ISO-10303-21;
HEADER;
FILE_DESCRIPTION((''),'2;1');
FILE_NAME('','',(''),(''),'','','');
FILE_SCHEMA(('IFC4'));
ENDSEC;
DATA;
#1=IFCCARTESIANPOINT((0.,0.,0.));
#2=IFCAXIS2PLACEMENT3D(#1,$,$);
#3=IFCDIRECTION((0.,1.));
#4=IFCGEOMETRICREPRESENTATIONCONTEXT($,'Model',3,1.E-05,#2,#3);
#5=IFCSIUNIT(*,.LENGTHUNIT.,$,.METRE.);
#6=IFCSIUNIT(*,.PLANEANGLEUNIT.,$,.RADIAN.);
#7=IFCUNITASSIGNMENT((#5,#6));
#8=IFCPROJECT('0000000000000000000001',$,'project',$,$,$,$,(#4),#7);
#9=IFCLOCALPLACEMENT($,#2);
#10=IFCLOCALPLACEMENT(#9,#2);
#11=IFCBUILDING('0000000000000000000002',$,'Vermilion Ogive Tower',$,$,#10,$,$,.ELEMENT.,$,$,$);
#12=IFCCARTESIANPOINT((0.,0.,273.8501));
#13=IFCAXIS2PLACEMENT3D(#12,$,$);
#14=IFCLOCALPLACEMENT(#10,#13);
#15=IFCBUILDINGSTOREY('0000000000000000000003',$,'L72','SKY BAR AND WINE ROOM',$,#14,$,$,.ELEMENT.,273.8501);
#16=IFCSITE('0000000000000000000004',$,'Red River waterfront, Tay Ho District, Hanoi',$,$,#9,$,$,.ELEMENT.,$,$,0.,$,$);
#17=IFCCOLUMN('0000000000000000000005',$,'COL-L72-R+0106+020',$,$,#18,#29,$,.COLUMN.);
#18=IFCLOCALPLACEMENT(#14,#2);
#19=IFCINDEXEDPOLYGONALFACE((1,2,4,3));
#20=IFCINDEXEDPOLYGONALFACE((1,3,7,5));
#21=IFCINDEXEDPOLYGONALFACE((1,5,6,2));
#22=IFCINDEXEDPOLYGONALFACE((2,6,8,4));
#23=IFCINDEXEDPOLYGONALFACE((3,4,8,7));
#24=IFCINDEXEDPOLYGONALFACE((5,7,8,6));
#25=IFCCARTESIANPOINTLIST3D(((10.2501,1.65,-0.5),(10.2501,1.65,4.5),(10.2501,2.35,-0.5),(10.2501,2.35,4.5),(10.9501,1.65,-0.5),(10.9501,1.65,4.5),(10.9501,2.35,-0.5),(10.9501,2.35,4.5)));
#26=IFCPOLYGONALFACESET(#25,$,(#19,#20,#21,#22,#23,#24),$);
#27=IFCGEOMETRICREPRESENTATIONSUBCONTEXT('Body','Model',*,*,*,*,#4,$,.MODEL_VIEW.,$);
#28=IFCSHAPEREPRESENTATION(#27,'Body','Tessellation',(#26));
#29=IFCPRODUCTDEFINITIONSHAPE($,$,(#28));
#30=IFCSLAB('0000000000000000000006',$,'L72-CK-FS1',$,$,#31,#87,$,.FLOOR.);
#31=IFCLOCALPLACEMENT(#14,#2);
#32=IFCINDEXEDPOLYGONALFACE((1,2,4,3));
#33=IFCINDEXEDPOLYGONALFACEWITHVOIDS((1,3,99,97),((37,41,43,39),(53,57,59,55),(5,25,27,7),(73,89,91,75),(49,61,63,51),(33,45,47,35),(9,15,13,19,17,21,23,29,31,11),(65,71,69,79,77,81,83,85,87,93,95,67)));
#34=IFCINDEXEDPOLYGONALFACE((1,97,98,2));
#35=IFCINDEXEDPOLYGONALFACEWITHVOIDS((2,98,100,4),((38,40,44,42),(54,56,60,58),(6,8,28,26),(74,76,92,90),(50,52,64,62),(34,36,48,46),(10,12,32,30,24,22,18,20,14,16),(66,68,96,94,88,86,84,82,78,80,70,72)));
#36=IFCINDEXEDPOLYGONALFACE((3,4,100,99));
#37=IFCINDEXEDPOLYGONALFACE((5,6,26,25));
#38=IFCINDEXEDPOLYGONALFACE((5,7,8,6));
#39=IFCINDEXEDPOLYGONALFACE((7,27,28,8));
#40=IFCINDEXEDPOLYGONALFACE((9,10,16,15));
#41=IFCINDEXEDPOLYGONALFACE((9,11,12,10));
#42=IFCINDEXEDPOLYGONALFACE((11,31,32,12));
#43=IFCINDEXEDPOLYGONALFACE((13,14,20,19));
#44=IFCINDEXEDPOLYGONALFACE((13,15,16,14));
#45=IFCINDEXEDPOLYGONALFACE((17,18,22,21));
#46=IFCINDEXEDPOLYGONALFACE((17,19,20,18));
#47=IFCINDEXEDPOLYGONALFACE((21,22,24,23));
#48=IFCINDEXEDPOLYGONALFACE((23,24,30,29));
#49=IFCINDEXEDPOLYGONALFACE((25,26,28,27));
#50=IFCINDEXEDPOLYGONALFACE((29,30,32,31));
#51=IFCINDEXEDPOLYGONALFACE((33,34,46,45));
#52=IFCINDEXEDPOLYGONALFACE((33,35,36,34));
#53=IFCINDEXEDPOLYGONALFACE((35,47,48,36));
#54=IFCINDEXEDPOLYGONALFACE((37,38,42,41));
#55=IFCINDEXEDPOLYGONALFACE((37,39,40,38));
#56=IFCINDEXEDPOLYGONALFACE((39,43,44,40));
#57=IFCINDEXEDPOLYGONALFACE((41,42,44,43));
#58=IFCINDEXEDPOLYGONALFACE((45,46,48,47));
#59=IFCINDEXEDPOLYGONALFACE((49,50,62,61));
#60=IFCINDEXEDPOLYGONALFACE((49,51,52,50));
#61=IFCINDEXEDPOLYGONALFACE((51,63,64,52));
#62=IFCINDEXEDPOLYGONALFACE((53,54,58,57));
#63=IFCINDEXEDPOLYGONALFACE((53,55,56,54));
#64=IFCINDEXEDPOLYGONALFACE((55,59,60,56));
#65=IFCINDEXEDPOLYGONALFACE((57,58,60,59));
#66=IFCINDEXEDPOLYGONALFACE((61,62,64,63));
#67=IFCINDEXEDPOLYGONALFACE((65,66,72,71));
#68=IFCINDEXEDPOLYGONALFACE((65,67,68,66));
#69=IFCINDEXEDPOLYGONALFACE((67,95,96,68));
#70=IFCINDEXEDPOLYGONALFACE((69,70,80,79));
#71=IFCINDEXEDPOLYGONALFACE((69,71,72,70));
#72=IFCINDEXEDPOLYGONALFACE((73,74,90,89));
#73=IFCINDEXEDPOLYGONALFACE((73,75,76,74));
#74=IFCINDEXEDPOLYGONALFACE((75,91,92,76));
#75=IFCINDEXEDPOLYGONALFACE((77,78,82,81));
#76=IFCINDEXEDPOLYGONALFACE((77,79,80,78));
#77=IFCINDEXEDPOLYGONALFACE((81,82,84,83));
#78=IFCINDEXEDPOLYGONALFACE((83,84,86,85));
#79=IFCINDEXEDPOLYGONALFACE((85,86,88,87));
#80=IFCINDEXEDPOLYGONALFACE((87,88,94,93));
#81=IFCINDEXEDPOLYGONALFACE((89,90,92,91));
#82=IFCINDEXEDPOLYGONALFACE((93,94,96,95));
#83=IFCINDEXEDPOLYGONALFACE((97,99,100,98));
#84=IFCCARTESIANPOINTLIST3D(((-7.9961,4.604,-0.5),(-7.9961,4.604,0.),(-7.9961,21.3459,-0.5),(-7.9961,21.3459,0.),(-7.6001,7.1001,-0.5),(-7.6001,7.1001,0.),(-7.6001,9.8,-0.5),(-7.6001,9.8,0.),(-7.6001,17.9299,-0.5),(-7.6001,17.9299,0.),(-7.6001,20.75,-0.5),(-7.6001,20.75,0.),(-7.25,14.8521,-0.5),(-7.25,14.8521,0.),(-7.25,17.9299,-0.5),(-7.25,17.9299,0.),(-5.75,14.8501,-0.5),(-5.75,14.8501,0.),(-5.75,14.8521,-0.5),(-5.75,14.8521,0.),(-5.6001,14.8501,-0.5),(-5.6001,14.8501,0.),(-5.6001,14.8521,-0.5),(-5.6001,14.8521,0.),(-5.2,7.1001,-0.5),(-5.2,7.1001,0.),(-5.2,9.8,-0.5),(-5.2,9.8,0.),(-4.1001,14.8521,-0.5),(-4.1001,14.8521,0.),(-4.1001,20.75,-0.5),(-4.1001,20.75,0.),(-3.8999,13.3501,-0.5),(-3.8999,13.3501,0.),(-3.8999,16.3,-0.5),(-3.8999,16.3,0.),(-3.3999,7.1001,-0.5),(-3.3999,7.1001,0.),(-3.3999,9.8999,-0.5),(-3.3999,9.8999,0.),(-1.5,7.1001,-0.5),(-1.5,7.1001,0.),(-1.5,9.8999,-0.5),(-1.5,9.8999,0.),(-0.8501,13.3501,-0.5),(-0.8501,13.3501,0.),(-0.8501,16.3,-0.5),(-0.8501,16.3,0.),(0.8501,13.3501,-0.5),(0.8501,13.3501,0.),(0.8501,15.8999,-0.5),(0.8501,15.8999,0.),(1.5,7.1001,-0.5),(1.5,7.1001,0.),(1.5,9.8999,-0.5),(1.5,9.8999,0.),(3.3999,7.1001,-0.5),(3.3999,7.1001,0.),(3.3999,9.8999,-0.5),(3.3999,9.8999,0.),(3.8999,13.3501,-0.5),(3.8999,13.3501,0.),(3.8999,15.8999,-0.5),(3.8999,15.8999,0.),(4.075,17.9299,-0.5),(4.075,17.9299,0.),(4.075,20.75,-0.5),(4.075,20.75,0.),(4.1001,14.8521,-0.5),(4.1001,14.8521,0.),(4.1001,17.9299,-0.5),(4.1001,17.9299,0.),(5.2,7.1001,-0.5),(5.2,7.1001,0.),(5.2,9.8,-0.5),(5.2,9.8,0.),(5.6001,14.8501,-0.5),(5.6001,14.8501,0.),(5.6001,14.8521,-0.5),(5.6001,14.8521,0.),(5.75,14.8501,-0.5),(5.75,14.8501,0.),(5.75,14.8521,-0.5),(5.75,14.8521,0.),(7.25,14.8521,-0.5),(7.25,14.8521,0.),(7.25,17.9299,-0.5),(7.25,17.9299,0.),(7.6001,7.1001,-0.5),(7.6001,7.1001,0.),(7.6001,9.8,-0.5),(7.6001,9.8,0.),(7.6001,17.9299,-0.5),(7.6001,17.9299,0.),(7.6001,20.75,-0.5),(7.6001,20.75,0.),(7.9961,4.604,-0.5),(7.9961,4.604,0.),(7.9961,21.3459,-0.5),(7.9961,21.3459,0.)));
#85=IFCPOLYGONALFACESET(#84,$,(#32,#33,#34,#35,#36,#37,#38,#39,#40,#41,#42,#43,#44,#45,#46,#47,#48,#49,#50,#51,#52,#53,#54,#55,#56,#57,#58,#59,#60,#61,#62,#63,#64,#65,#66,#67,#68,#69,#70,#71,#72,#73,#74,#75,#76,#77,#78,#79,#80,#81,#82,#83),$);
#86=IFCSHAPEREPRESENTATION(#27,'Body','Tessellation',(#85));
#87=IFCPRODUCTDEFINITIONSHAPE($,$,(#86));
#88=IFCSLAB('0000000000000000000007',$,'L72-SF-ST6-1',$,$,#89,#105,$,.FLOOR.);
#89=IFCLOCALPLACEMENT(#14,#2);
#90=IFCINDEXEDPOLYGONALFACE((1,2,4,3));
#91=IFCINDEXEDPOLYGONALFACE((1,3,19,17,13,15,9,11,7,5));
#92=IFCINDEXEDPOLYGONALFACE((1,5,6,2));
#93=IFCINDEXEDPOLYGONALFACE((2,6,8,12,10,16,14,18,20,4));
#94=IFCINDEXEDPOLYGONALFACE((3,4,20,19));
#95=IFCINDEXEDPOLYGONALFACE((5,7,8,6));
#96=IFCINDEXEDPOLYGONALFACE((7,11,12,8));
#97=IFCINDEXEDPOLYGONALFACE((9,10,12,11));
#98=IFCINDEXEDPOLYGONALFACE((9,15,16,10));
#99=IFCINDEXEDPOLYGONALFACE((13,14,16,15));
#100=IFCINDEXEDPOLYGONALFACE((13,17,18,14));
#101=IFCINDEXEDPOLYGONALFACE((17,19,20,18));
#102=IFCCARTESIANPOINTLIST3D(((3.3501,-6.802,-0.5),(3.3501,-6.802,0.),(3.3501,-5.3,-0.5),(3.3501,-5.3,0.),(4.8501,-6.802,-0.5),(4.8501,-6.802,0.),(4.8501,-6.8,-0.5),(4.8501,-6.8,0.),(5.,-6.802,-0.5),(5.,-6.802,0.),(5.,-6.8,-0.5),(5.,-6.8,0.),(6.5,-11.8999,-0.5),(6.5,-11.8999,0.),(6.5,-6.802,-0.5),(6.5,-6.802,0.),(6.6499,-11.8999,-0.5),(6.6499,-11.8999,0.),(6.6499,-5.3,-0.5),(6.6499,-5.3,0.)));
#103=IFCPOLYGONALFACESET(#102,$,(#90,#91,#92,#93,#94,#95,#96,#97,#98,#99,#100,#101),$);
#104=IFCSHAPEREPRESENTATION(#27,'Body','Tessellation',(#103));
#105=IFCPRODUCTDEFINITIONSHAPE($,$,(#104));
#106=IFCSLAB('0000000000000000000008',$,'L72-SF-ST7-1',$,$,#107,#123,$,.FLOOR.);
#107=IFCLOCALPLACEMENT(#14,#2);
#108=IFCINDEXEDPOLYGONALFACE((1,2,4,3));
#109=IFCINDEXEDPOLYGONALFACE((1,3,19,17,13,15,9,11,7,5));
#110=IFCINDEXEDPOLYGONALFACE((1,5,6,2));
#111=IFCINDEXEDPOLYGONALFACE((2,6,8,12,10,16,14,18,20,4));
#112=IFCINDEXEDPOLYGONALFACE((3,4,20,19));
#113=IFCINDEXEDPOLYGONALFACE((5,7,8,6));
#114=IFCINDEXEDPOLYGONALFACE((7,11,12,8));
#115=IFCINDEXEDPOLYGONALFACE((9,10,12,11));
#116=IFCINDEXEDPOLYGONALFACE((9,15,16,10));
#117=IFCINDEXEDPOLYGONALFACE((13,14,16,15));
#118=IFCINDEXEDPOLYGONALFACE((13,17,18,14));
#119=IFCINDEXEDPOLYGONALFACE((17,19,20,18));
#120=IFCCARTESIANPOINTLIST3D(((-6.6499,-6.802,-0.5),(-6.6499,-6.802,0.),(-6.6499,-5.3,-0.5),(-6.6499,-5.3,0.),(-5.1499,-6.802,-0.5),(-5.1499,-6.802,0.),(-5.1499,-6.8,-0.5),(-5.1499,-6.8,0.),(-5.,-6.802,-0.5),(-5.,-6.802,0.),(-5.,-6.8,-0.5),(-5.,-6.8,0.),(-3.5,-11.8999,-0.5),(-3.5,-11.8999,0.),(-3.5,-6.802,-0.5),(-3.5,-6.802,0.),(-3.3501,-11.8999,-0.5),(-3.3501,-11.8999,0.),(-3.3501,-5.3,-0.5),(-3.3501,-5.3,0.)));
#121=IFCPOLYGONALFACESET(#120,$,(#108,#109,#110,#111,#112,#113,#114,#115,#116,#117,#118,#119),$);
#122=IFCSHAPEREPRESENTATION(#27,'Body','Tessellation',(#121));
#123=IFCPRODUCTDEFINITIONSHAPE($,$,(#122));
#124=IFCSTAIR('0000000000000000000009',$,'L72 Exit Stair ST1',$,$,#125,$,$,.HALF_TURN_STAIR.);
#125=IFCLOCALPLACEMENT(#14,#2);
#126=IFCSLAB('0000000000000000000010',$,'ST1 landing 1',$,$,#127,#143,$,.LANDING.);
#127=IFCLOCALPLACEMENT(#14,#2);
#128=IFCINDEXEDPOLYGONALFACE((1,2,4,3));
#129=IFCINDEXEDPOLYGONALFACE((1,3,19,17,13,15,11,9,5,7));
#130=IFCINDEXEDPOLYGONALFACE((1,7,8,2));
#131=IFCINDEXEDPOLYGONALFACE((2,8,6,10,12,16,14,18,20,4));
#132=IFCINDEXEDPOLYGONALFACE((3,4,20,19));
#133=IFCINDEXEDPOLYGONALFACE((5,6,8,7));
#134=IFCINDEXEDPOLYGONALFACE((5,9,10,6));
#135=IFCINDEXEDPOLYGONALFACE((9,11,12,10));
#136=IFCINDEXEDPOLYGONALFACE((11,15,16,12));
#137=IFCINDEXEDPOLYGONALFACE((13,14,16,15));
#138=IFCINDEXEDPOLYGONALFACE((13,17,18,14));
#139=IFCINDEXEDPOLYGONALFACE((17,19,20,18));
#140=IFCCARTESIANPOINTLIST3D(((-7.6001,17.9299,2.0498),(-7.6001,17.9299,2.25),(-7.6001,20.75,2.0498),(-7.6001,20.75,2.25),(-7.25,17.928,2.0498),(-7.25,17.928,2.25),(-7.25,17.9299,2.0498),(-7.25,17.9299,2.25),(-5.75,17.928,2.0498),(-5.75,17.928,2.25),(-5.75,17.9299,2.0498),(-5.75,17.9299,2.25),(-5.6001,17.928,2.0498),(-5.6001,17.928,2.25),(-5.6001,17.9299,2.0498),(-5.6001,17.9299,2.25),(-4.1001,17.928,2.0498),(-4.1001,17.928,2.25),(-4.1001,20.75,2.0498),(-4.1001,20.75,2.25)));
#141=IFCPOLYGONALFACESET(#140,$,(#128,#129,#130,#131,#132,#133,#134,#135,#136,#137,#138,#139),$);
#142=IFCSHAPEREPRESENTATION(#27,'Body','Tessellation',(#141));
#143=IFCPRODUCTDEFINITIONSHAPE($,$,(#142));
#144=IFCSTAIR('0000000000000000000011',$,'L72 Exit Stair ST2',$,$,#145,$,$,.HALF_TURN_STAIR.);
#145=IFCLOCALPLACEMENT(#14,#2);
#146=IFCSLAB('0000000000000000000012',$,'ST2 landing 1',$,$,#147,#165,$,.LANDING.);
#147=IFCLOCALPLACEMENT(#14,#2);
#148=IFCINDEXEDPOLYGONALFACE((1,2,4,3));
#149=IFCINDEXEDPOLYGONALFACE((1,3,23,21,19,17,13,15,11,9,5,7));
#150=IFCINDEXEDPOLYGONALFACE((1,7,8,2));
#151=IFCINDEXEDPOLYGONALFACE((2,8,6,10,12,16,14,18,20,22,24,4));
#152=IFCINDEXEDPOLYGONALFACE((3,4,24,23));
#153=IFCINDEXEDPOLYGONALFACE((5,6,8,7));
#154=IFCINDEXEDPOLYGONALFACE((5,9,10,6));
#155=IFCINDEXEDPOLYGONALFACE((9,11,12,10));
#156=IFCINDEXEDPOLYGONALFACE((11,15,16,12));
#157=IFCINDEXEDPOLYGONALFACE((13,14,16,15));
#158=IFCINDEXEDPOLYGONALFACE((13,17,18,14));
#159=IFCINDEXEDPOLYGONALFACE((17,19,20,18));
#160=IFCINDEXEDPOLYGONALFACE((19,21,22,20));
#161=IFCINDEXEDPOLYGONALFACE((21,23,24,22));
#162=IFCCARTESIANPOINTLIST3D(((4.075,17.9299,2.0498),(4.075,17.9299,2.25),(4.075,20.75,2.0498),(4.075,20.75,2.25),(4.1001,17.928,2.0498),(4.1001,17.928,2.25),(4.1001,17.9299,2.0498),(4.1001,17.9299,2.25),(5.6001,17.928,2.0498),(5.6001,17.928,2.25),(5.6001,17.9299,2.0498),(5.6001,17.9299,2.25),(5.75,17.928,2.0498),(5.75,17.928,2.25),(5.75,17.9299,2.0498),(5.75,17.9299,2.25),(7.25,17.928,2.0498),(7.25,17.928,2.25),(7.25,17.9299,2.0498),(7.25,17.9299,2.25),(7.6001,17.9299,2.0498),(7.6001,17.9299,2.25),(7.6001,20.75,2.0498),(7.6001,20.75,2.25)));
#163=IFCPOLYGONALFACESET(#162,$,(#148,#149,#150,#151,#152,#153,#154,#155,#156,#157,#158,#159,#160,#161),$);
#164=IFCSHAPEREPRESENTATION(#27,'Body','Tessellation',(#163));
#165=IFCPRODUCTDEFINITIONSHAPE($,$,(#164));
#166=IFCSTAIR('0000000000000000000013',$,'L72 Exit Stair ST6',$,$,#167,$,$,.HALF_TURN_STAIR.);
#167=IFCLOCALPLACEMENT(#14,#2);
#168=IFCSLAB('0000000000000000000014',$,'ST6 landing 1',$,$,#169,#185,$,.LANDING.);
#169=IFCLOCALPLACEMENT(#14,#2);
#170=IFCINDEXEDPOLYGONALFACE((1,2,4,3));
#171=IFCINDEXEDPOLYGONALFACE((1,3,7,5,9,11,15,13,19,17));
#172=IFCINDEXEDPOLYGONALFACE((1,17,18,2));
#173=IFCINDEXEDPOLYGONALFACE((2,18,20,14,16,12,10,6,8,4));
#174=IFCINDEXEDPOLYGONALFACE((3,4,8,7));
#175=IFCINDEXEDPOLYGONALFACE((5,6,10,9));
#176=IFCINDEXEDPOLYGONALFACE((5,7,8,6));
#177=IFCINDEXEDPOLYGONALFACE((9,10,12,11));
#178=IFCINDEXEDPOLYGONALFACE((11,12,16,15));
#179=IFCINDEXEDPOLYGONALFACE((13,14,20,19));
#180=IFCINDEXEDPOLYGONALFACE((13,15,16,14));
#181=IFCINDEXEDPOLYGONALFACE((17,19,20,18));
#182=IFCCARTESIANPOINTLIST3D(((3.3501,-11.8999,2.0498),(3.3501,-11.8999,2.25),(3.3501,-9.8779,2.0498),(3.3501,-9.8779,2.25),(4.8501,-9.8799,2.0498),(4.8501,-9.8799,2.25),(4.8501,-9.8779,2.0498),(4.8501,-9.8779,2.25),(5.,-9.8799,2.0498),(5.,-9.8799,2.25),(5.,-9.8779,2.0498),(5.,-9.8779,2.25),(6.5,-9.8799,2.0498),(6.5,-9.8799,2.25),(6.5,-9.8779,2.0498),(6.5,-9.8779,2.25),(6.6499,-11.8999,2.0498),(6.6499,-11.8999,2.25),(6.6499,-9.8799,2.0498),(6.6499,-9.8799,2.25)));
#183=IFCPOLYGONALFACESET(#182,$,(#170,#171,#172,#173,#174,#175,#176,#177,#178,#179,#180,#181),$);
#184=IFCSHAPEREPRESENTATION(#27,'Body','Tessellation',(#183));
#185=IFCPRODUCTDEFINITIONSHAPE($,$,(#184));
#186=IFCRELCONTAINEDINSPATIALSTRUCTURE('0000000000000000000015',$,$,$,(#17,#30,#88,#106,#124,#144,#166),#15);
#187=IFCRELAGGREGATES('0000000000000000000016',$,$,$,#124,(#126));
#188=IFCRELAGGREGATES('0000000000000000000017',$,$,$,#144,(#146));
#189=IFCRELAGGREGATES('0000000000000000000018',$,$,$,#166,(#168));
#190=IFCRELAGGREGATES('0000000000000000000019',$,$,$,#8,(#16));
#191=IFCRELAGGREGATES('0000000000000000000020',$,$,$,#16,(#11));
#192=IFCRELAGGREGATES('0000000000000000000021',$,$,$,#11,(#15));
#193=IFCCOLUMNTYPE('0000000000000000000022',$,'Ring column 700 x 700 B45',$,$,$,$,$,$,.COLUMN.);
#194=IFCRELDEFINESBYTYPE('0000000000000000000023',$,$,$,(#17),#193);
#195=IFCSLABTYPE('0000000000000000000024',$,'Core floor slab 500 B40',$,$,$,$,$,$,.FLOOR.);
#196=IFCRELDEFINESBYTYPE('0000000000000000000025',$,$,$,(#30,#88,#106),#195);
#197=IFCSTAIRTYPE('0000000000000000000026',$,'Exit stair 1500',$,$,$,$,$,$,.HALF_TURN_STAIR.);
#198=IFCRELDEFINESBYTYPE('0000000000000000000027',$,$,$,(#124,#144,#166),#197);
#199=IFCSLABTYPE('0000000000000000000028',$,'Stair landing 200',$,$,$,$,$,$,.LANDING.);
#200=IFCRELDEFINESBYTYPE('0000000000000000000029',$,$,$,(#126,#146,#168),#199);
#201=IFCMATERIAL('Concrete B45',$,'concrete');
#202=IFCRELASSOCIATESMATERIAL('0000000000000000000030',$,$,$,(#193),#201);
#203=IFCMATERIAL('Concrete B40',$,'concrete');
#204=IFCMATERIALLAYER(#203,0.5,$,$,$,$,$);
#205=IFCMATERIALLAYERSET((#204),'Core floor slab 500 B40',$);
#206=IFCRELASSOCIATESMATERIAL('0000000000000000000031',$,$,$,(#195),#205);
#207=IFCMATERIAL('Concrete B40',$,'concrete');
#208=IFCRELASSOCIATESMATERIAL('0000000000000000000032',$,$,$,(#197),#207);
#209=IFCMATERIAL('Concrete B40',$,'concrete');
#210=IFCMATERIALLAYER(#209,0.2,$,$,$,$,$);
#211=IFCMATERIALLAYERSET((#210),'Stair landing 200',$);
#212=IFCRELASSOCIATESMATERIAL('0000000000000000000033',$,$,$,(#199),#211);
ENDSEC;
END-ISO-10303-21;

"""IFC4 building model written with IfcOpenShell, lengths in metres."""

from ifc_helpers import new_model, si_unit, direction, frame, origin, origin_2d, place, context, subcontext, project, spatial, polyline, rectangle, outline, extrude, material, layer, layer_set, material_profile, profile_set, type_object, element, aggregate, save


model = new_model("IFC4")

# Units and contexts
model_context = context("Model", 3, precision=1e-05, world=origin(), true_north=direction((0.0, 1.0)))
body_context = subcontext(model_context, "Body", "Model", "MODEL_VIEW")
ifc_project = project(units=[si_unit("LENGTHUNIT", "METRE"), si_unit("PLANEANGLEUNIT", "RADIAN")], contexts=[model_context])

# Site, building, storey
site_placement = place(None, origin())
site = spatial("IfcSite", under=ifc_project, at=site_placement, Name="Red River waterfront, Tay Ho District, Hanoi", CompositionType="ELEMENT", RefElevation=0.0)
building_placement = place(site_placement, origin())
building = spatial("IfcBuilding", under=site, at=building_placement, Name="Vermilion Ogive Tower", CompositionType="ELEMENT")
storey_placement = place(building_placement, frame((0.0, 0.0, 273.8501)))
storey = spatial("IfcBuildingStorey", under=building, at=storey_placement, Name="L72", Description="SKY BAR AND WINE ROOM", CompositionType="ELEMENT", Elevation=273.8501)

# Column
ifc_material_1 = material(Name="Concrete B45", Category="concrete")
ifc_material_profile = material_profile(ifc_material_1, rectangle(XDim=0.7, YDim=0.7, at=origin_2d()), Name="700 x 700")
ifc_profile_set = profile_set([ifc_material_profile], Name="Concrete B45")
column_type = type_object("IfcColumnType", Name="Ring column 700 x 700 B45", PredefinedType="COLUMN", material=ifc_profile_set)
column_placement = place(storey_placement, frame((10.6001, 2.0, -0.5), z_axis=(0.0, 0.0, 1.0), x_axis=(1.0, 0.0, 0.0)))
element("IfcColumn", 1, at=column_placement, inside=storey, type_object=column_type, Name="COL-L72-R+0106+020", PredefinedType="COLUMN", context=body_context, shape_type="SweptSolid", body=[
    extrude(rectangle(XDim=0.7, YDim=0.7, at=origin_2d()), origin(), (0.0, 0.0, 1.0), 5.0),
])

# Slabs
ifc_material_2 = material(Name="Concrete B40", Category="concrete")
ifc_layer_1 = layer(ifc_material_2, 0.5)
ifc_layer_set_1 = layer_set([ifc_layer_1], Name="Core floor slab 500 B40")
slab_type_1 = type_object("IfcSlabType", Name="Core floor slab 500 B40", PredefinedType="FLOOR", material=ifc_layer_set_1)
slab_1_placement = place(storey_placement, frame((0.0, 0.0, -0.5)))
element("IfcSlab", 2, at=slab_1_placement, inside=storey, type_object=slab_type_1, Name="L72-CK-FS1", PredefinedType="FLOOR", context=body_context, shape_type="SweptSolid", body=[
    extrude(outline(polyline([(-7.9961, 4.604), (7.9961, 4.604), (7.9961, 21.3459), (-7.9961, 21.3459), (-7.9961, 4.604)]), holes=[polyline([(-5.2, 7.1001), (-7.6001, 7.1001), (-7.6001, 9.8), (-5.2, 9.8), (-5.2, 7.1001)]), polyline([(5.2, 7.1001), (5.2, 9.8), (7.6001, 9.8), (7.6001, 7.1001), (5.2, 7.1001)]), polyline([(-3.3999, 7.1001), (-3.3999, 9.8999), (-1.5, 9.8999), (-1.5, 7.1001), (-3.3999, 7.1001)]), polyline([(3.3999, 7.1001), (1.5, 7.1001), (1.5, 9.8999), (3.3999, 9.8999), (3.3999, 7.1001)]), polyline([(3.8999, 13.3501), (0.8501, 13.3501), (0.8501, 15.8999), (3.8999, 15.8999), (3.8999, 13.3501)]), polyline([(-0.8501, 13.3501), (-3.8999, 13.3501), (-3.8999, 16.3), (-0.8501, 16.3), (-0.8501, 13.3501)]), polyline([(-7.6001, 17.9299), (-7.6001, 20.75), (-4.1001, 20.75), (-4.1001, 14.8521), (-5.6001, 14.8521), (-5.6001, 14.8501), (-5.75, 14.8501), (-5.75, 14.8521), (-7.25, 14.8521), (-7.25, 17.9299), (-7.6001, 17.9299)]), polyline([(5.75, 14.8501), (5.6001, 14.8501), (5.6001, 14.8521), (4.1001, 14.8521), (4.1001, 17.9299), (4.075, 17.9299), (4.075, 20.75), (7.6001, 20.75), (7.6001, 17.9299), (7.25, 17.9299), (7.25, 14.8521), (5.75, 14.8521), (5.75, 14.8501)])]), origin(), (0.0, 0.0, 1.0), 0.5),
])
slab_2_placement = place(storey_placement, frame((0.0, 0.0, -0.5)))
element("IfcSlab", 3, at=slab_2_placement, inside=storey, type_object=slab_type_1, Name="L72-SF-ST6-1", PredefinedType="FLOOR", context=body_context, shape_type="SweptSolid", body=[
    extrude(outline(polyline([(3.3501, -5.3), (3.3501, -6.802), (4.8501, -6.802), (4.8501, -6.8), (5.0, -6.8), (5.0, -6.802), (6.5, -6.802), (6.5, -11.8999), (6.6499, -11.8999), (6.6499, -5.3), (3.3501, -5.3)])), origin(), (0.0, 0.0, 1.0), 0.5),
])
slab_3_placement = place(storey_placement, frame((0.0, 0.0, -0.5)))
element("IfcSlab", 4, at=slab_3_placement, inside=storey, type_object=slab_type_1, Name="L72-SF-ST7-1", PredefinedType="FLOOR", context=body_context, shape_type="SweptSolid", body=[
    extrude(outline(polyline([(-6.6499, -5.3), (-6.6499, -6.802), (-5.1499, -6.802), (-5.1499, -6.8), (-5.0, -6.8), (-5.0, -6.802), (-3.5, -6.802), (-3.5, -11.8999), (-3.3501, -11.8999), (-3.3501, -5.3), (-6.6499, -5.3)])), origin(), (0.0, 0.0, 1.0), 0.5),
])

# Stairs, slabs
ifc_material_3 = material(Name="Concrete B40", Category="concrete")
stair_type = type_object("IfcStairType", Name="Exit stair 1500", PredefinedType="HALF_TURN_STAIR", material=ifc_material_3)
stair_1_placement = place(storey_placement, origin())
stair_1 = element("IfcStair", 5, at=stair_1_placement, inside=storey, type_object=stair_type, Name="L72 Exit Stair ST1", PredefinedType="HALF_TURN_STAIR")
ifc_material_4 = material(Name="Concrete B40", Category="concrete")
ifc_layer_2 = layer(ifc_material_4, 0.2)
ifc_layer_set_2 = layer_set([ifc_layer_2], Name="Stair landing 200")
slab_type_2 = type_object("IfcSlabType", Name="Stair landing 200", PredefinedType="LANDING", material=ifc_layer_set_2)
slab_4_placement = place(storey_placement, frame((0.0, 0.0, 2.0498)))
slab_4 = element("IfcSlab", 6, at=slab_4_placement, type_object=slab_type_2, Name="ST1 landing 1", PredefinedType="LANDING", context=body_context, shape_type="SweptSolid", body=[
    extrude(outline(polyline([(-7.6001, 17.9299), (-7.25, 17.9299), (-7.25, 17.928), (-5.75, 17.928), (-5.75, 17.9299), (-5.6001, 17.9299), (-5.6001, 17.928), (-4.1001, 17.928), (-4.1001, 20.75), (-7.6001, 20.75), (-7.6001, 17.9299)])), origin(), (0.0, 0.0, 1.0), 0.2002),
])
aggregate(stair_1, [slab_4])
stair_2_placement = place(storey_placement, origin())
stair_2 = element("IfcStair", 7, at=stair_2_placement, inside=storey, type_object=stair_type, Name="L72 Exit Stair ST2", PredefinedType="HALF_TURN_STAIR")
slab_5_placement = place(storey_placement, frame((0.0, 0.0, 2.0498)))
slab_5 = element("IfcSlab", 8, at=slab_5_placement, type_object=slab_type_2, Name="ST2 landing 1", PredefinedType="LANDING", context=body_context, shape_type="SweptSolid", body=[
    extrude(outline(polyline([(5.6001, 17.9299), (5.75, 17.9299), (5.75, 17.928), (7.25, 17.928), (7.25, 17.9299), (7.6001, 17.9299), (7.6001, 20.75), (4.075, 20.75), (4.075, 17.9299), (4.1001, 17.9299), (4.1001, 17.928), (5.6001, 17.928), (5.6001, 17.9299)])), origin(), (0.0, 0.0, 1.0), 0.2002),
])
aggregate(stair_2, [slab_5])
stair_3_placement = place(storey_placement, origin())
stair_3 = element("IfcStair", 9, at=stair_3_placement, inside=storey, type_object=stair_type, Name="L72 Exit Stair ST6", PredefinedType="HALF_TURN_STAIR")
slab_6_placement = place(storey_placement, frame((0.0, 0.0, 2.0498)))
slab_6 = element("IfcSlab", 10, at=slab_6_placement, type_object=slab_type_2, Name="ST6 landing 1", PredefinedType="LANDING", context=body_context, shape_type="SweptSolid", body=[
    extrude(outline(polyline([(6.6499, -9.8799), (6.5, -9.8799), (6.5, -9.8779), (5.0, -9.8779), (5.0, -9.8799), (4.8501, -9.8799), (4.8501, -9.8779), (3.3501, -9.8779), (3.3501, -11.8999), (6.6499, -11.8999), (6.6499, -9.8799)])), origin(), (0.0, 0.0, 1.0), 0.2002),
])
aggregate(stair_3, [slab_6])

save(model, "model.ifc")
